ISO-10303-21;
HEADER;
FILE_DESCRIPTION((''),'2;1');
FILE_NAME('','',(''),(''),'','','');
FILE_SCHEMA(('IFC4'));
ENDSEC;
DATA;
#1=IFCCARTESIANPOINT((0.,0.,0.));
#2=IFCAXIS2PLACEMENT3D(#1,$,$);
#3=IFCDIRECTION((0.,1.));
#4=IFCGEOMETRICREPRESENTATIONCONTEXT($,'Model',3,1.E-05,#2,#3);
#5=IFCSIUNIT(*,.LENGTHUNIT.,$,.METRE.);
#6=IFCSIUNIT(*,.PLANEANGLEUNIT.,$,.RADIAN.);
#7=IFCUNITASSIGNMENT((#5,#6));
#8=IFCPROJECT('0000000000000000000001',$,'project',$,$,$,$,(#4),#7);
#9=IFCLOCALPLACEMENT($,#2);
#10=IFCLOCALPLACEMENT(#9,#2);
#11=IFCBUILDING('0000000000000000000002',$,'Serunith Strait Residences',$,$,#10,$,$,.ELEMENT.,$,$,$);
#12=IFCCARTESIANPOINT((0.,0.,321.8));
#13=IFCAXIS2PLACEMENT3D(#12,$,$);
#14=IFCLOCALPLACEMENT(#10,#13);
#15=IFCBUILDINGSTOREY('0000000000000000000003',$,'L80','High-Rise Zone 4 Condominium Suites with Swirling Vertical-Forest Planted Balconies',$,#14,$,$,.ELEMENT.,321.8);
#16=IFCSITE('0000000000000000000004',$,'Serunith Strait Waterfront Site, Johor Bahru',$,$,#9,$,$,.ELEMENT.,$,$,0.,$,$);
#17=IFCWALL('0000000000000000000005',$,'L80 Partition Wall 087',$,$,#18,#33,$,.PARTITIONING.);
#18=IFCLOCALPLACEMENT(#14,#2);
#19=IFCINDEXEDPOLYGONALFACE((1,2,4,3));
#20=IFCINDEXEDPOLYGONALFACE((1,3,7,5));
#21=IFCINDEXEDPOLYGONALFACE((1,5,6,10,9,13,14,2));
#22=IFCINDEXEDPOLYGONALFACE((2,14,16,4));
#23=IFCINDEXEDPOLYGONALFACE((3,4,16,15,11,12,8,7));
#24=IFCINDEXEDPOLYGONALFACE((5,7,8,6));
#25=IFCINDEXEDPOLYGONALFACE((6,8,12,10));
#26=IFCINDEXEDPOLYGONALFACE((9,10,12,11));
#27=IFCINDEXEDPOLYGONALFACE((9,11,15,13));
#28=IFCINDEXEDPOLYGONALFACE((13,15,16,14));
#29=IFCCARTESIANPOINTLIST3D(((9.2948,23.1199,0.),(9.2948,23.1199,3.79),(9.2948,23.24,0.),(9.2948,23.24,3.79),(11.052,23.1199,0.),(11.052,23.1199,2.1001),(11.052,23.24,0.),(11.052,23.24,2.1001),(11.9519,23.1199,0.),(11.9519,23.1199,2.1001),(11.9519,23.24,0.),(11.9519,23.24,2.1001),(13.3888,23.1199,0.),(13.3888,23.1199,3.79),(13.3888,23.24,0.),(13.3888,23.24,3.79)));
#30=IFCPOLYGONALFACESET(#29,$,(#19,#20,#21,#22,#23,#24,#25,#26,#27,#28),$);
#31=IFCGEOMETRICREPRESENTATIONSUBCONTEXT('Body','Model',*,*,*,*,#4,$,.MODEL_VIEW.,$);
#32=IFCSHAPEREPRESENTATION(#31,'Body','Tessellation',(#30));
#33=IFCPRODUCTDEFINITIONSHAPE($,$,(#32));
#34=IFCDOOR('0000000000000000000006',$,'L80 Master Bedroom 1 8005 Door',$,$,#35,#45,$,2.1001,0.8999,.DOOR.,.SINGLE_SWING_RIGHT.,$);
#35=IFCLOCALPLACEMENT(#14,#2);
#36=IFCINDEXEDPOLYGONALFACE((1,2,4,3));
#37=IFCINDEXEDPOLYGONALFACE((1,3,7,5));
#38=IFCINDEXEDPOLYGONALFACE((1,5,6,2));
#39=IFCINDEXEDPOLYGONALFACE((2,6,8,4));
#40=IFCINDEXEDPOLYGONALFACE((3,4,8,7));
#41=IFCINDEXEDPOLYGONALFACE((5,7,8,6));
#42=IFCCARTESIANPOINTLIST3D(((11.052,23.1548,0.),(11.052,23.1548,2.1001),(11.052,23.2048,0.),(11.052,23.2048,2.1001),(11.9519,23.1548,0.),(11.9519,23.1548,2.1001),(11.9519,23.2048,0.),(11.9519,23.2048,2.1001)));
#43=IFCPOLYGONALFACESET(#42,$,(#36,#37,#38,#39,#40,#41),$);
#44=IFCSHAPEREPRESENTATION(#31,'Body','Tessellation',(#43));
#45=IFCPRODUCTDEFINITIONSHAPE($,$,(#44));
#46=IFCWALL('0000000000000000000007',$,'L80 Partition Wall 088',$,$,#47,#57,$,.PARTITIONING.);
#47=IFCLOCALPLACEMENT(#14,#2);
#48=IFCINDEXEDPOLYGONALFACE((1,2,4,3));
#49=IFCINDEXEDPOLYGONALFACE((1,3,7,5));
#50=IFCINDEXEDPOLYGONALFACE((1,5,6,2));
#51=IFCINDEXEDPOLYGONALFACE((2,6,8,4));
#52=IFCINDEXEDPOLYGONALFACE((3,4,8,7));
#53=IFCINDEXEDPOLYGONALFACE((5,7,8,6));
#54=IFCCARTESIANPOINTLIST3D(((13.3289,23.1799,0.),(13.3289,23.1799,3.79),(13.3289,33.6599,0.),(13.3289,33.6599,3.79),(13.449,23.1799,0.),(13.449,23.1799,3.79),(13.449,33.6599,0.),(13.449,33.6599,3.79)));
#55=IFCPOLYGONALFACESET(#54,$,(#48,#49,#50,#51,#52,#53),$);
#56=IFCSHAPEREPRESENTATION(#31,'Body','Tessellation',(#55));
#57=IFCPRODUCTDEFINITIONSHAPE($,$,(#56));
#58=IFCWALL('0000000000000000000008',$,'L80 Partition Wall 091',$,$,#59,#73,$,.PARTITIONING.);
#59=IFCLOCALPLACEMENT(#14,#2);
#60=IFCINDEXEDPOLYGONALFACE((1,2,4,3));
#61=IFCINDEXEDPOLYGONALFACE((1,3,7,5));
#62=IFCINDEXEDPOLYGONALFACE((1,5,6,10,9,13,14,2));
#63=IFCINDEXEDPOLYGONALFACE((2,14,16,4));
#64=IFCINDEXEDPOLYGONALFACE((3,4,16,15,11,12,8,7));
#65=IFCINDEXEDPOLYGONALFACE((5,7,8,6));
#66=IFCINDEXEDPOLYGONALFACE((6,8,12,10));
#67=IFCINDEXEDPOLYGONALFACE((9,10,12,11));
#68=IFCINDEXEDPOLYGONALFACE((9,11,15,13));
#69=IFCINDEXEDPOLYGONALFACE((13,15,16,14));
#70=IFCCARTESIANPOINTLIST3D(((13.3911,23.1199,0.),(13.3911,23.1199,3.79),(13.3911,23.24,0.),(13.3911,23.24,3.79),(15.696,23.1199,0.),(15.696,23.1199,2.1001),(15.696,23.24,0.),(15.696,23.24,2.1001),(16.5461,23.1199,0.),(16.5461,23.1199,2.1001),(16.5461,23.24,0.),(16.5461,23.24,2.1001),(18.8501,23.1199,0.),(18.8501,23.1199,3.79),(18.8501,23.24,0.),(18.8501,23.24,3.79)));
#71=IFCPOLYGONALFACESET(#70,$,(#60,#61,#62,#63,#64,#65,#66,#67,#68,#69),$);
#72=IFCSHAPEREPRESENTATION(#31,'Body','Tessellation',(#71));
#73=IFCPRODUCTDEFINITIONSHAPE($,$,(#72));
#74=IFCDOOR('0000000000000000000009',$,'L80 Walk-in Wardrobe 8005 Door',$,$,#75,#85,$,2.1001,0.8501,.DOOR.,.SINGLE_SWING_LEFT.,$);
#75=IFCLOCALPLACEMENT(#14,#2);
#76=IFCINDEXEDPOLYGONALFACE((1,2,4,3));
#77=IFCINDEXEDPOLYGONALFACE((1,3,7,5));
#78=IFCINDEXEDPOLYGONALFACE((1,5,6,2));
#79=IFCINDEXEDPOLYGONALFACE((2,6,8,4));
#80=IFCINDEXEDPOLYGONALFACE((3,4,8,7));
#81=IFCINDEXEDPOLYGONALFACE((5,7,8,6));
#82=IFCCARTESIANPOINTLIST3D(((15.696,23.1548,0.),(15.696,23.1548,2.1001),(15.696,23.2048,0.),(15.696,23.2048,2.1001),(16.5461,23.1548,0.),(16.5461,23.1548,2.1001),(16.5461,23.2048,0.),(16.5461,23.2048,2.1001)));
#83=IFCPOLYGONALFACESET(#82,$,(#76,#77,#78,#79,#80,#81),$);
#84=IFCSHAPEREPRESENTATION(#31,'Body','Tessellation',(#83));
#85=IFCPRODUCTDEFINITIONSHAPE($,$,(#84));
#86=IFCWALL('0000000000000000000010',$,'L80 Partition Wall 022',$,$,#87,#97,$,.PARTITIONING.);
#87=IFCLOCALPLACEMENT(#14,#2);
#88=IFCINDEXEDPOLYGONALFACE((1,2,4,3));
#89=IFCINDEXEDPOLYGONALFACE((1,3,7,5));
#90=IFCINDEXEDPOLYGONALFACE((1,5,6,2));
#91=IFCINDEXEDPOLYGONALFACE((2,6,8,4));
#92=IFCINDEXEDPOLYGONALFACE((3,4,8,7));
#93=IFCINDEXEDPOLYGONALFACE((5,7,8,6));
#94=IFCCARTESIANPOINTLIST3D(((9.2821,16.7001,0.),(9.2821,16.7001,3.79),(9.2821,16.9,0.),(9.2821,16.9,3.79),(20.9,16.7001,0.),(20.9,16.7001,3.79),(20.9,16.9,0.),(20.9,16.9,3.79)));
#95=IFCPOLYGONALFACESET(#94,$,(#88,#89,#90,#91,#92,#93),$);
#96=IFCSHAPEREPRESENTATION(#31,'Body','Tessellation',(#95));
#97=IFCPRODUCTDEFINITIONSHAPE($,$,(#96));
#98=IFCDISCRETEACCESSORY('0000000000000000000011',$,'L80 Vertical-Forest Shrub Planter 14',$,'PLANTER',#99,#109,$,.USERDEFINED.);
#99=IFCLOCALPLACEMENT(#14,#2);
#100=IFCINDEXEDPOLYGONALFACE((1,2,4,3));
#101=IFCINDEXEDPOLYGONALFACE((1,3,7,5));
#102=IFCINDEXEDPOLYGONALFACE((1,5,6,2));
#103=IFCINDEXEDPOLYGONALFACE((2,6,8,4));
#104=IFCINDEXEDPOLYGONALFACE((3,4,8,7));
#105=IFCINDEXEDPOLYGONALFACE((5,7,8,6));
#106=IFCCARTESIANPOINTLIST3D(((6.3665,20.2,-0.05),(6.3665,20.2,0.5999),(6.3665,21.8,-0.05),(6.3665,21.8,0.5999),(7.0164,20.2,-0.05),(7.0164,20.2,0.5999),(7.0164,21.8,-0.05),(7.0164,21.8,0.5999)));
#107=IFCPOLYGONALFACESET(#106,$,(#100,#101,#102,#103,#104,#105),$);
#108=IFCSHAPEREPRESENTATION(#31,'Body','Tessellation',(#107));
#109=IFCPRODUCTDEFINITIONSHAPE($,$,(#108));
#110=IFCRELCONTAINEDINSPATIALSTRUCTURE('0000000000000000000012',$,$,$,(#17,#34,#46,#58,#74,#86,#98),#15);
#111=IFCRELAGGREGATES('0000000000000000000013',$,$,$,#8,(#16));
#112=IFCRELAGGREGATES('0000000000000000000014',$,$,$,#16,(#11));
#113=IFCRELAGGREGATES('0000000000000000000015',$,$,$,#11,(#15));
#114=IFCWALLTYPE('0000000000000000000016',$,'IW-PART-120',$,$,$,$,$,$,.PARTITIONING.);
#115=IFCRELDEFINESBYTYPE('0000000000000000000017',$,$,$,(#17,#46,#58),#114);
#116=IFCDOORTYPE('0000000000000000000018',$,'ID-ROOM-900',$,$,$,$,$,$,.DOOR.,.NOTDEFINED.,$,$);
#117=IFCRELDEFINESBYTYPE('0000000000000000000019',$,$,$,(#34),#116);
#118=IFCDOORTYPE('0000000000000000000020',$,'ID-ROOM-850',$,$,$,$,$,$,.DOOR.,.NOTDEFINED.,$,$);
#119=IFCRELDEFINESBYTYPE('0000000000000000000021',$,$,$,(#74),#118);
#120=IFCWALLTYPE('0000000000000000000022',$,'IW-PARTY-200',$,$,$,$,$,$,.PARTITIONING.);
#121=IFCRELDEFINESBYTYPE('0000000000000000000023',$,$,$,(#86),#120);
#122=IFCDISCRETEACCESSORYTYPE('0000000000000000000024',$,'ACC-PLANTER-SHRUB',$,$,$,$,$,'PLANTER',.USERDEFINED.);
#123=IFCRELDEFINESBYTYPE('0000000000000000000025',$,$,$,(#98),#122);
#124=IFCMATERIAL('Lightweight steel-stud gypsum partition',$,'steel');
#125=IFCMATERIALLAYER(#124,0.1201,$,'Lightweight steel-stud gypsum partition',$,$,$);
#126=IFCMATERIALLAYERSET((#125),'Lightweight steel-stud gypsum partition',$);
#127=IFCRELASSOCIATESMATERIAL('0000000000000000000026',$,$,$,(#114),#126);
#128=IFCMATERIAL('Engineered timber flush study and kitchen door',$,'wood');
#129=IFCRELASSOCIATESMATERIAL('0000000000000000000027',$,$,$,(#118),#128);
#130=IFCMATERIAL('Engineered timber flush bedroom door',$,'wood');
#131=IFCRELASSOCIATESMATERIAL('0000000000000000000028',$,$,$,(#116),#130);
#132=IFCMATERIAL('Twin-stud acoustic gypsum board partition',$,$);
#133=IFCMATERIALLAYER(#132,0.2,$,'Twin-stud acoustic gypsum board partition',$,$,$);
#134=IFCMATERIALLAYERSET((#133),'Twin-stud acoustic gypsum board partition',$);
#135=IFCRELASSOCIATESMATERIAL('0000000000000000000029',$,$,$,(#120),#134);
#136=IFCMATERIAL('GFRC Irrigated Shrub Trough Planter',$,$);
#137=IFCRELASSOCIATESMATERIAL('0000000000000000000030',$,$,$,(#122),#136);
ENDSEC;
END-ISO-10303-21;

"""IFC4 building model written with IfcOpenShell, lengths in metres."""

from ifc_helpers import new_model, si_unit, direction, frame, frame_2d, origin, origin_2d, place, context, subcontext, project, spatial, rectangle, extrude, source, transform, mapped, material, layer, layer_set, type_object, element, fill, save


model = new_model("IFC4")

# Units and contexts
model_context = context("Model", 3, precision=1e-05, world=origin(), true_north=direction((0.0, 1.0)))
body_context = subcontext(model_context, "Body", "Model", "MODEL_VIEW")
ifc_project = project(units=[si_unit("LENGTHUNIT", "METRE"), si_unit("PLANEANGLEUNIT", "RADIAN")], contexts=[model_context])

# Site, building, storey
site_placement = place(None, origin())
site = spatial("IfcSite", under=ifc_project, at=site_placement, Name="Serunith Strait Waterfront Site, Johor Bahru", CompositionType="ELEMENT", RefElevation=0.0)
building_placement = place(site_placement, origin())
building = spatial("IfcBuilding", under=site, at=building_placement, Name="Serunith Strait Residences", CompositionType="ELEMENT")
storey_placement = place(building_placement, frame((0.0, 0.0, 321.8)))
storey = spatial("IfcBuildingStorey", under=building, at=storey_placement, Name="L80", Description="High-Rise Zone 4 Condominium Suites with Swirling Vertical-Forest Planted Balconies", CompositionType="ELEMENT", Elevation=321.8)

# Shared definitions
ifc_material_1 = material(Name="Lightweight steel-stud gypsum partition", Category="steel")
ifc_layer_1 = layer(ifc_material_1, 0.1201, Name="Lightweight steel-stud gypsum partition")
ifc_layer_set_1 = layer_set([ifc_layer_1], Name="Lightweight steel-stud gypsum partition")
wall_type_1 = type_object("IfcWallType", Name="IW-PART-120", PredefinedType="PARTITIONING", material=ifc_layer_set_1)
ifc_material_2 = material(Name="Engineered timber flush study and kitchen door", Category="wood")
door_type_1 = type_object("IfcDoorType", Name="ID-ROOM-850", OperationType="NOTDEFINED", PredefinedType="DOOR", material=ifc_material_2)
shared_shape_1 = source(origin(), body_context, "Body", "SweptSolid", [
    extrude(rectangle(XDim=0.8501, YDim=2.1001, at=frame_2d((0.425, 1.05))), frame((0.0, 0.0249, 0.0), z_axis=(0.0, -1.0, 0.0), x_axis=(1.0, 0.0, 0.0)), (0.0, 0.0, 1.0), 0.05),
])

# Wall, opening, door
wall_1_placement = place(storey_placement, frame((9.2949, 23.1799, 0.0), z_axis=(0.0, 0.0, 1.0), x_axis=(1.0, 0.0, 0.0)))
wall_1 = element("IfcWall", 1, at=wall_1_placement, inside=storey, type_object=wall_type_1, Name="L80 Partition Wall 087", PredefinedType="PARTITIONING", context=body_context, shape_type="SweptSolid", body=[
    extrude(rectangle(XDim=4.094, YDim=0.1201, at=frame_2d((2.0469, 0.0))), origin(), (0.0, 0.0, 1.0), 3.79),
])
opening_1_placement = place(wall_1_placement, frame((1.7571, 0.0, 0.0)))
opening_1 = element("IfcOpeningElement", 2, at=opening_1_placement, cuts=wall_1, PredefinedType="OPENING", context=body_context, shape_type="SweptSolid", body=[
    extrude(rectangle(XDim=0.8999, YDim=2.1001, at=frame_2d((0.45, 1.05))), frame((0.0, 0.0701, 0.0), z_axis=(0.0, -1.0, 0.0), x_axis=(1.0, 0.0, 0.0)), (0.0, 0.0, 1.0), 0.1401),
])
ifc_material_3 = material(Name="Engineered timber flush bedroom door", Category="wood")
door_type_2 = type_object("IfcDoorType", Name="ID-ROOM-900", OperationType="NOTDEFINED", PredefinedType="DOOR", material=ifc_material_3)
shared_shape_2 = source(origin(), body_context, "Body", "SweptSolid", [
    extrude(rectangle(XDim=0.8999, YDim=2.1001, at=frame_2d((0.45, 1.05))), frame((0.0, 0.0249, 0.0), z_axis=(0.0, -1.0, 0.0), x_axis=(1.0, 0.0, 0.0)), (0.0, 0.0, 1.0), 0.05),
])
door_1_placement = place(opening_1_placement, origin())
door_1 = element("IfcDoor", 3, at=door_1_placement, inside=storey, type_object=door_type_2, Name="L80 Master Bedroom 1 8005 Door", OperationType="SINGLE_SWING_RIGHT", OverallHeight=2.1001, OverallWidth=0.8999, PredefinedType="DOOR", context=body_context, shape_type="MappedRepresentation", body=[
    mapped(shared_shape_2, transform((0.0, 0.0, 0.0), scale=1.0)),
])
fill(opening_1, door_1)

# Wall
wall_2_placement = place(storey_placement, frame((13.3889, 23.1799, 0.0), z_axis=(0.0, 0.0, 1.0), x_axis=(0.0, 1.0, 0.0)))
element("IfcWall", 4, at=wall_2_placement, inside=storey, type_object=wall_type_1, Name="L80 Partition Wall 088", PredefinedType="PARTITIONING", context=body_context, shape_type="SweptSolid", body=[
    extrude(rectangle(XDim=10.48, YDim=0.1201, at=frame_2d((5.24, 0.0))), origin(), (0.0, 0.0, 1.0), 3.79),
])

# Wall, opening, door
wall_3_placement = place(storey_placement, frame((13.3911, 23.1799, 0.0), z_axis=(0.0, 0.0, 1.0), x_axis=(1.0, 0.0, 0.0)))
wall_3 = element("IfcWall", 5, at=wall_3_placement, inside=storey, type_object=wall_type_1, Name="L80 Partition Wall 091", PredefinedType="PARTITIONING", context=body_context, shape_type="SweptSolid", body=[
    extrude(rectangle(XDim=5.459, YDim=0.1201, at=frame_2d((2.7295, 0.0))), origin(), (0.0, 0.0, 1.0), 3.79),
])
opening_2_placement = place(wall_3_placement, frame((2.3049, 0.0, 0.0)))
opening_2 = element("IfcOpeningElement", 6, at=opening_2_placement, cuts=wall_3, PredefinedType="OPENING", context=body_context, shape_type="SweptSolid", body=[
    extrude(rectangle(XDim=0.8501, YDim=2.1001, at=frame_2d((0.425, 1.05))), frame((0.0, 0.0701, 0.0), z_axis=(0.0, -1.0, 0.0), x_axis=(1.0, 0.0, 0.0)), (0.0, 0.0, 1.0), 0.1401),
])
door_2_placement = place(opening_2_placement, origin())
door_2 = element("IfcDoor", 7, at=door_2_placement, inside=storey, type_object=door_type_1, Name="L80 Walk-in Wardrobe 8005 Door", OperationType="SINGLE_SWING_LEFT", OverallHeight=2.1001, OverallWidth=0.8501, PredefinedType="DOOR", context=body_context, shape_type="MappedRepresentation", body=[
    mapped(shared_shape_1, transform((0.0, 0.0, 0.0), scale=1.0)),
])
fill(opening_2, door_2)

# Wall
ifc_material_4 = material(Name="Twin-stud acoustic gypsum board partition")
ifc_layer_2 = layer(ifc_material_4, 0.2, Name="Twin-stud acoustic gypsum board partition")
ifc_layer_set_2 = layer_set([ifc_layer_2], Name="Twin-stud acoustic gypsum board partition")
wall_type_2 = type_object("IfcWallType", Name="IW-PARTY-200", PredefinedType="PARTITIONING", material=ifc_layer_set_2)
wall_4_placement = place(storey_placement, frame((9.282, 16.8, 0.0), z_axis=(0.0, 0.0, 1.0), x_axis=(1.0, 0.0, 0.0)))
element("IfcWall", 8, at=wall_4_placement, inside=storey, type_object=wall_type_2, Name="L80 Partition Wall 022", PredefinedType="PARTITIONING", context=body_context, shape_type="SweptSolid", body=[
    extrude(rectangle(XDim=11.6179, YDim=0.2, at=frame_2d((5.8091, 0.0))), origin(), (0.0, 0.0, 1.0), 3.79),
])

# Discrete accessory
ifc_material_5 = material(Name="GFRC Irrigated Shrub Trough Planter")
discrete_accessory_type = type_object("IfcDiscreteAccessoryType", Name="ACC-PLANTER-SHRUB", ElementType="PLANTER", PredefinedType="USERDEFINED", material=ifc_material_5)
shared_shape_3 = source(origin(), body_context, "Body", "SweptSolid", [
    extrude(rectangle(XDim=1.6001, YDim=0.6499, at=origin_2d()), origin(), (0.0, 0.0, 1.0), 0.6499),
])
discrete_accessory_placement = place(storey_placement, frame((6.6914, 21.0, -0.05), z_axis=(0.0, 0.0, 1.0), x_axis=(0.0, -1.0, 0.0)))
element("IfcDiscreteAccessory", 9, at=discrete_accessory_placement, inside=storey, type_object=discrete_accessory_type, Name="L80 Vertical-Forest Shrub Planter 14", ObjectType="PLANTER", PredefinedType="USERDEFINED", context=body_context, shape_type="MappedRepresentation", body=[
    mapped(shared_shape_3, transform((0.0, 0.0, 0.0), scale=1.0)),
])

save(model, "model.ifc")
